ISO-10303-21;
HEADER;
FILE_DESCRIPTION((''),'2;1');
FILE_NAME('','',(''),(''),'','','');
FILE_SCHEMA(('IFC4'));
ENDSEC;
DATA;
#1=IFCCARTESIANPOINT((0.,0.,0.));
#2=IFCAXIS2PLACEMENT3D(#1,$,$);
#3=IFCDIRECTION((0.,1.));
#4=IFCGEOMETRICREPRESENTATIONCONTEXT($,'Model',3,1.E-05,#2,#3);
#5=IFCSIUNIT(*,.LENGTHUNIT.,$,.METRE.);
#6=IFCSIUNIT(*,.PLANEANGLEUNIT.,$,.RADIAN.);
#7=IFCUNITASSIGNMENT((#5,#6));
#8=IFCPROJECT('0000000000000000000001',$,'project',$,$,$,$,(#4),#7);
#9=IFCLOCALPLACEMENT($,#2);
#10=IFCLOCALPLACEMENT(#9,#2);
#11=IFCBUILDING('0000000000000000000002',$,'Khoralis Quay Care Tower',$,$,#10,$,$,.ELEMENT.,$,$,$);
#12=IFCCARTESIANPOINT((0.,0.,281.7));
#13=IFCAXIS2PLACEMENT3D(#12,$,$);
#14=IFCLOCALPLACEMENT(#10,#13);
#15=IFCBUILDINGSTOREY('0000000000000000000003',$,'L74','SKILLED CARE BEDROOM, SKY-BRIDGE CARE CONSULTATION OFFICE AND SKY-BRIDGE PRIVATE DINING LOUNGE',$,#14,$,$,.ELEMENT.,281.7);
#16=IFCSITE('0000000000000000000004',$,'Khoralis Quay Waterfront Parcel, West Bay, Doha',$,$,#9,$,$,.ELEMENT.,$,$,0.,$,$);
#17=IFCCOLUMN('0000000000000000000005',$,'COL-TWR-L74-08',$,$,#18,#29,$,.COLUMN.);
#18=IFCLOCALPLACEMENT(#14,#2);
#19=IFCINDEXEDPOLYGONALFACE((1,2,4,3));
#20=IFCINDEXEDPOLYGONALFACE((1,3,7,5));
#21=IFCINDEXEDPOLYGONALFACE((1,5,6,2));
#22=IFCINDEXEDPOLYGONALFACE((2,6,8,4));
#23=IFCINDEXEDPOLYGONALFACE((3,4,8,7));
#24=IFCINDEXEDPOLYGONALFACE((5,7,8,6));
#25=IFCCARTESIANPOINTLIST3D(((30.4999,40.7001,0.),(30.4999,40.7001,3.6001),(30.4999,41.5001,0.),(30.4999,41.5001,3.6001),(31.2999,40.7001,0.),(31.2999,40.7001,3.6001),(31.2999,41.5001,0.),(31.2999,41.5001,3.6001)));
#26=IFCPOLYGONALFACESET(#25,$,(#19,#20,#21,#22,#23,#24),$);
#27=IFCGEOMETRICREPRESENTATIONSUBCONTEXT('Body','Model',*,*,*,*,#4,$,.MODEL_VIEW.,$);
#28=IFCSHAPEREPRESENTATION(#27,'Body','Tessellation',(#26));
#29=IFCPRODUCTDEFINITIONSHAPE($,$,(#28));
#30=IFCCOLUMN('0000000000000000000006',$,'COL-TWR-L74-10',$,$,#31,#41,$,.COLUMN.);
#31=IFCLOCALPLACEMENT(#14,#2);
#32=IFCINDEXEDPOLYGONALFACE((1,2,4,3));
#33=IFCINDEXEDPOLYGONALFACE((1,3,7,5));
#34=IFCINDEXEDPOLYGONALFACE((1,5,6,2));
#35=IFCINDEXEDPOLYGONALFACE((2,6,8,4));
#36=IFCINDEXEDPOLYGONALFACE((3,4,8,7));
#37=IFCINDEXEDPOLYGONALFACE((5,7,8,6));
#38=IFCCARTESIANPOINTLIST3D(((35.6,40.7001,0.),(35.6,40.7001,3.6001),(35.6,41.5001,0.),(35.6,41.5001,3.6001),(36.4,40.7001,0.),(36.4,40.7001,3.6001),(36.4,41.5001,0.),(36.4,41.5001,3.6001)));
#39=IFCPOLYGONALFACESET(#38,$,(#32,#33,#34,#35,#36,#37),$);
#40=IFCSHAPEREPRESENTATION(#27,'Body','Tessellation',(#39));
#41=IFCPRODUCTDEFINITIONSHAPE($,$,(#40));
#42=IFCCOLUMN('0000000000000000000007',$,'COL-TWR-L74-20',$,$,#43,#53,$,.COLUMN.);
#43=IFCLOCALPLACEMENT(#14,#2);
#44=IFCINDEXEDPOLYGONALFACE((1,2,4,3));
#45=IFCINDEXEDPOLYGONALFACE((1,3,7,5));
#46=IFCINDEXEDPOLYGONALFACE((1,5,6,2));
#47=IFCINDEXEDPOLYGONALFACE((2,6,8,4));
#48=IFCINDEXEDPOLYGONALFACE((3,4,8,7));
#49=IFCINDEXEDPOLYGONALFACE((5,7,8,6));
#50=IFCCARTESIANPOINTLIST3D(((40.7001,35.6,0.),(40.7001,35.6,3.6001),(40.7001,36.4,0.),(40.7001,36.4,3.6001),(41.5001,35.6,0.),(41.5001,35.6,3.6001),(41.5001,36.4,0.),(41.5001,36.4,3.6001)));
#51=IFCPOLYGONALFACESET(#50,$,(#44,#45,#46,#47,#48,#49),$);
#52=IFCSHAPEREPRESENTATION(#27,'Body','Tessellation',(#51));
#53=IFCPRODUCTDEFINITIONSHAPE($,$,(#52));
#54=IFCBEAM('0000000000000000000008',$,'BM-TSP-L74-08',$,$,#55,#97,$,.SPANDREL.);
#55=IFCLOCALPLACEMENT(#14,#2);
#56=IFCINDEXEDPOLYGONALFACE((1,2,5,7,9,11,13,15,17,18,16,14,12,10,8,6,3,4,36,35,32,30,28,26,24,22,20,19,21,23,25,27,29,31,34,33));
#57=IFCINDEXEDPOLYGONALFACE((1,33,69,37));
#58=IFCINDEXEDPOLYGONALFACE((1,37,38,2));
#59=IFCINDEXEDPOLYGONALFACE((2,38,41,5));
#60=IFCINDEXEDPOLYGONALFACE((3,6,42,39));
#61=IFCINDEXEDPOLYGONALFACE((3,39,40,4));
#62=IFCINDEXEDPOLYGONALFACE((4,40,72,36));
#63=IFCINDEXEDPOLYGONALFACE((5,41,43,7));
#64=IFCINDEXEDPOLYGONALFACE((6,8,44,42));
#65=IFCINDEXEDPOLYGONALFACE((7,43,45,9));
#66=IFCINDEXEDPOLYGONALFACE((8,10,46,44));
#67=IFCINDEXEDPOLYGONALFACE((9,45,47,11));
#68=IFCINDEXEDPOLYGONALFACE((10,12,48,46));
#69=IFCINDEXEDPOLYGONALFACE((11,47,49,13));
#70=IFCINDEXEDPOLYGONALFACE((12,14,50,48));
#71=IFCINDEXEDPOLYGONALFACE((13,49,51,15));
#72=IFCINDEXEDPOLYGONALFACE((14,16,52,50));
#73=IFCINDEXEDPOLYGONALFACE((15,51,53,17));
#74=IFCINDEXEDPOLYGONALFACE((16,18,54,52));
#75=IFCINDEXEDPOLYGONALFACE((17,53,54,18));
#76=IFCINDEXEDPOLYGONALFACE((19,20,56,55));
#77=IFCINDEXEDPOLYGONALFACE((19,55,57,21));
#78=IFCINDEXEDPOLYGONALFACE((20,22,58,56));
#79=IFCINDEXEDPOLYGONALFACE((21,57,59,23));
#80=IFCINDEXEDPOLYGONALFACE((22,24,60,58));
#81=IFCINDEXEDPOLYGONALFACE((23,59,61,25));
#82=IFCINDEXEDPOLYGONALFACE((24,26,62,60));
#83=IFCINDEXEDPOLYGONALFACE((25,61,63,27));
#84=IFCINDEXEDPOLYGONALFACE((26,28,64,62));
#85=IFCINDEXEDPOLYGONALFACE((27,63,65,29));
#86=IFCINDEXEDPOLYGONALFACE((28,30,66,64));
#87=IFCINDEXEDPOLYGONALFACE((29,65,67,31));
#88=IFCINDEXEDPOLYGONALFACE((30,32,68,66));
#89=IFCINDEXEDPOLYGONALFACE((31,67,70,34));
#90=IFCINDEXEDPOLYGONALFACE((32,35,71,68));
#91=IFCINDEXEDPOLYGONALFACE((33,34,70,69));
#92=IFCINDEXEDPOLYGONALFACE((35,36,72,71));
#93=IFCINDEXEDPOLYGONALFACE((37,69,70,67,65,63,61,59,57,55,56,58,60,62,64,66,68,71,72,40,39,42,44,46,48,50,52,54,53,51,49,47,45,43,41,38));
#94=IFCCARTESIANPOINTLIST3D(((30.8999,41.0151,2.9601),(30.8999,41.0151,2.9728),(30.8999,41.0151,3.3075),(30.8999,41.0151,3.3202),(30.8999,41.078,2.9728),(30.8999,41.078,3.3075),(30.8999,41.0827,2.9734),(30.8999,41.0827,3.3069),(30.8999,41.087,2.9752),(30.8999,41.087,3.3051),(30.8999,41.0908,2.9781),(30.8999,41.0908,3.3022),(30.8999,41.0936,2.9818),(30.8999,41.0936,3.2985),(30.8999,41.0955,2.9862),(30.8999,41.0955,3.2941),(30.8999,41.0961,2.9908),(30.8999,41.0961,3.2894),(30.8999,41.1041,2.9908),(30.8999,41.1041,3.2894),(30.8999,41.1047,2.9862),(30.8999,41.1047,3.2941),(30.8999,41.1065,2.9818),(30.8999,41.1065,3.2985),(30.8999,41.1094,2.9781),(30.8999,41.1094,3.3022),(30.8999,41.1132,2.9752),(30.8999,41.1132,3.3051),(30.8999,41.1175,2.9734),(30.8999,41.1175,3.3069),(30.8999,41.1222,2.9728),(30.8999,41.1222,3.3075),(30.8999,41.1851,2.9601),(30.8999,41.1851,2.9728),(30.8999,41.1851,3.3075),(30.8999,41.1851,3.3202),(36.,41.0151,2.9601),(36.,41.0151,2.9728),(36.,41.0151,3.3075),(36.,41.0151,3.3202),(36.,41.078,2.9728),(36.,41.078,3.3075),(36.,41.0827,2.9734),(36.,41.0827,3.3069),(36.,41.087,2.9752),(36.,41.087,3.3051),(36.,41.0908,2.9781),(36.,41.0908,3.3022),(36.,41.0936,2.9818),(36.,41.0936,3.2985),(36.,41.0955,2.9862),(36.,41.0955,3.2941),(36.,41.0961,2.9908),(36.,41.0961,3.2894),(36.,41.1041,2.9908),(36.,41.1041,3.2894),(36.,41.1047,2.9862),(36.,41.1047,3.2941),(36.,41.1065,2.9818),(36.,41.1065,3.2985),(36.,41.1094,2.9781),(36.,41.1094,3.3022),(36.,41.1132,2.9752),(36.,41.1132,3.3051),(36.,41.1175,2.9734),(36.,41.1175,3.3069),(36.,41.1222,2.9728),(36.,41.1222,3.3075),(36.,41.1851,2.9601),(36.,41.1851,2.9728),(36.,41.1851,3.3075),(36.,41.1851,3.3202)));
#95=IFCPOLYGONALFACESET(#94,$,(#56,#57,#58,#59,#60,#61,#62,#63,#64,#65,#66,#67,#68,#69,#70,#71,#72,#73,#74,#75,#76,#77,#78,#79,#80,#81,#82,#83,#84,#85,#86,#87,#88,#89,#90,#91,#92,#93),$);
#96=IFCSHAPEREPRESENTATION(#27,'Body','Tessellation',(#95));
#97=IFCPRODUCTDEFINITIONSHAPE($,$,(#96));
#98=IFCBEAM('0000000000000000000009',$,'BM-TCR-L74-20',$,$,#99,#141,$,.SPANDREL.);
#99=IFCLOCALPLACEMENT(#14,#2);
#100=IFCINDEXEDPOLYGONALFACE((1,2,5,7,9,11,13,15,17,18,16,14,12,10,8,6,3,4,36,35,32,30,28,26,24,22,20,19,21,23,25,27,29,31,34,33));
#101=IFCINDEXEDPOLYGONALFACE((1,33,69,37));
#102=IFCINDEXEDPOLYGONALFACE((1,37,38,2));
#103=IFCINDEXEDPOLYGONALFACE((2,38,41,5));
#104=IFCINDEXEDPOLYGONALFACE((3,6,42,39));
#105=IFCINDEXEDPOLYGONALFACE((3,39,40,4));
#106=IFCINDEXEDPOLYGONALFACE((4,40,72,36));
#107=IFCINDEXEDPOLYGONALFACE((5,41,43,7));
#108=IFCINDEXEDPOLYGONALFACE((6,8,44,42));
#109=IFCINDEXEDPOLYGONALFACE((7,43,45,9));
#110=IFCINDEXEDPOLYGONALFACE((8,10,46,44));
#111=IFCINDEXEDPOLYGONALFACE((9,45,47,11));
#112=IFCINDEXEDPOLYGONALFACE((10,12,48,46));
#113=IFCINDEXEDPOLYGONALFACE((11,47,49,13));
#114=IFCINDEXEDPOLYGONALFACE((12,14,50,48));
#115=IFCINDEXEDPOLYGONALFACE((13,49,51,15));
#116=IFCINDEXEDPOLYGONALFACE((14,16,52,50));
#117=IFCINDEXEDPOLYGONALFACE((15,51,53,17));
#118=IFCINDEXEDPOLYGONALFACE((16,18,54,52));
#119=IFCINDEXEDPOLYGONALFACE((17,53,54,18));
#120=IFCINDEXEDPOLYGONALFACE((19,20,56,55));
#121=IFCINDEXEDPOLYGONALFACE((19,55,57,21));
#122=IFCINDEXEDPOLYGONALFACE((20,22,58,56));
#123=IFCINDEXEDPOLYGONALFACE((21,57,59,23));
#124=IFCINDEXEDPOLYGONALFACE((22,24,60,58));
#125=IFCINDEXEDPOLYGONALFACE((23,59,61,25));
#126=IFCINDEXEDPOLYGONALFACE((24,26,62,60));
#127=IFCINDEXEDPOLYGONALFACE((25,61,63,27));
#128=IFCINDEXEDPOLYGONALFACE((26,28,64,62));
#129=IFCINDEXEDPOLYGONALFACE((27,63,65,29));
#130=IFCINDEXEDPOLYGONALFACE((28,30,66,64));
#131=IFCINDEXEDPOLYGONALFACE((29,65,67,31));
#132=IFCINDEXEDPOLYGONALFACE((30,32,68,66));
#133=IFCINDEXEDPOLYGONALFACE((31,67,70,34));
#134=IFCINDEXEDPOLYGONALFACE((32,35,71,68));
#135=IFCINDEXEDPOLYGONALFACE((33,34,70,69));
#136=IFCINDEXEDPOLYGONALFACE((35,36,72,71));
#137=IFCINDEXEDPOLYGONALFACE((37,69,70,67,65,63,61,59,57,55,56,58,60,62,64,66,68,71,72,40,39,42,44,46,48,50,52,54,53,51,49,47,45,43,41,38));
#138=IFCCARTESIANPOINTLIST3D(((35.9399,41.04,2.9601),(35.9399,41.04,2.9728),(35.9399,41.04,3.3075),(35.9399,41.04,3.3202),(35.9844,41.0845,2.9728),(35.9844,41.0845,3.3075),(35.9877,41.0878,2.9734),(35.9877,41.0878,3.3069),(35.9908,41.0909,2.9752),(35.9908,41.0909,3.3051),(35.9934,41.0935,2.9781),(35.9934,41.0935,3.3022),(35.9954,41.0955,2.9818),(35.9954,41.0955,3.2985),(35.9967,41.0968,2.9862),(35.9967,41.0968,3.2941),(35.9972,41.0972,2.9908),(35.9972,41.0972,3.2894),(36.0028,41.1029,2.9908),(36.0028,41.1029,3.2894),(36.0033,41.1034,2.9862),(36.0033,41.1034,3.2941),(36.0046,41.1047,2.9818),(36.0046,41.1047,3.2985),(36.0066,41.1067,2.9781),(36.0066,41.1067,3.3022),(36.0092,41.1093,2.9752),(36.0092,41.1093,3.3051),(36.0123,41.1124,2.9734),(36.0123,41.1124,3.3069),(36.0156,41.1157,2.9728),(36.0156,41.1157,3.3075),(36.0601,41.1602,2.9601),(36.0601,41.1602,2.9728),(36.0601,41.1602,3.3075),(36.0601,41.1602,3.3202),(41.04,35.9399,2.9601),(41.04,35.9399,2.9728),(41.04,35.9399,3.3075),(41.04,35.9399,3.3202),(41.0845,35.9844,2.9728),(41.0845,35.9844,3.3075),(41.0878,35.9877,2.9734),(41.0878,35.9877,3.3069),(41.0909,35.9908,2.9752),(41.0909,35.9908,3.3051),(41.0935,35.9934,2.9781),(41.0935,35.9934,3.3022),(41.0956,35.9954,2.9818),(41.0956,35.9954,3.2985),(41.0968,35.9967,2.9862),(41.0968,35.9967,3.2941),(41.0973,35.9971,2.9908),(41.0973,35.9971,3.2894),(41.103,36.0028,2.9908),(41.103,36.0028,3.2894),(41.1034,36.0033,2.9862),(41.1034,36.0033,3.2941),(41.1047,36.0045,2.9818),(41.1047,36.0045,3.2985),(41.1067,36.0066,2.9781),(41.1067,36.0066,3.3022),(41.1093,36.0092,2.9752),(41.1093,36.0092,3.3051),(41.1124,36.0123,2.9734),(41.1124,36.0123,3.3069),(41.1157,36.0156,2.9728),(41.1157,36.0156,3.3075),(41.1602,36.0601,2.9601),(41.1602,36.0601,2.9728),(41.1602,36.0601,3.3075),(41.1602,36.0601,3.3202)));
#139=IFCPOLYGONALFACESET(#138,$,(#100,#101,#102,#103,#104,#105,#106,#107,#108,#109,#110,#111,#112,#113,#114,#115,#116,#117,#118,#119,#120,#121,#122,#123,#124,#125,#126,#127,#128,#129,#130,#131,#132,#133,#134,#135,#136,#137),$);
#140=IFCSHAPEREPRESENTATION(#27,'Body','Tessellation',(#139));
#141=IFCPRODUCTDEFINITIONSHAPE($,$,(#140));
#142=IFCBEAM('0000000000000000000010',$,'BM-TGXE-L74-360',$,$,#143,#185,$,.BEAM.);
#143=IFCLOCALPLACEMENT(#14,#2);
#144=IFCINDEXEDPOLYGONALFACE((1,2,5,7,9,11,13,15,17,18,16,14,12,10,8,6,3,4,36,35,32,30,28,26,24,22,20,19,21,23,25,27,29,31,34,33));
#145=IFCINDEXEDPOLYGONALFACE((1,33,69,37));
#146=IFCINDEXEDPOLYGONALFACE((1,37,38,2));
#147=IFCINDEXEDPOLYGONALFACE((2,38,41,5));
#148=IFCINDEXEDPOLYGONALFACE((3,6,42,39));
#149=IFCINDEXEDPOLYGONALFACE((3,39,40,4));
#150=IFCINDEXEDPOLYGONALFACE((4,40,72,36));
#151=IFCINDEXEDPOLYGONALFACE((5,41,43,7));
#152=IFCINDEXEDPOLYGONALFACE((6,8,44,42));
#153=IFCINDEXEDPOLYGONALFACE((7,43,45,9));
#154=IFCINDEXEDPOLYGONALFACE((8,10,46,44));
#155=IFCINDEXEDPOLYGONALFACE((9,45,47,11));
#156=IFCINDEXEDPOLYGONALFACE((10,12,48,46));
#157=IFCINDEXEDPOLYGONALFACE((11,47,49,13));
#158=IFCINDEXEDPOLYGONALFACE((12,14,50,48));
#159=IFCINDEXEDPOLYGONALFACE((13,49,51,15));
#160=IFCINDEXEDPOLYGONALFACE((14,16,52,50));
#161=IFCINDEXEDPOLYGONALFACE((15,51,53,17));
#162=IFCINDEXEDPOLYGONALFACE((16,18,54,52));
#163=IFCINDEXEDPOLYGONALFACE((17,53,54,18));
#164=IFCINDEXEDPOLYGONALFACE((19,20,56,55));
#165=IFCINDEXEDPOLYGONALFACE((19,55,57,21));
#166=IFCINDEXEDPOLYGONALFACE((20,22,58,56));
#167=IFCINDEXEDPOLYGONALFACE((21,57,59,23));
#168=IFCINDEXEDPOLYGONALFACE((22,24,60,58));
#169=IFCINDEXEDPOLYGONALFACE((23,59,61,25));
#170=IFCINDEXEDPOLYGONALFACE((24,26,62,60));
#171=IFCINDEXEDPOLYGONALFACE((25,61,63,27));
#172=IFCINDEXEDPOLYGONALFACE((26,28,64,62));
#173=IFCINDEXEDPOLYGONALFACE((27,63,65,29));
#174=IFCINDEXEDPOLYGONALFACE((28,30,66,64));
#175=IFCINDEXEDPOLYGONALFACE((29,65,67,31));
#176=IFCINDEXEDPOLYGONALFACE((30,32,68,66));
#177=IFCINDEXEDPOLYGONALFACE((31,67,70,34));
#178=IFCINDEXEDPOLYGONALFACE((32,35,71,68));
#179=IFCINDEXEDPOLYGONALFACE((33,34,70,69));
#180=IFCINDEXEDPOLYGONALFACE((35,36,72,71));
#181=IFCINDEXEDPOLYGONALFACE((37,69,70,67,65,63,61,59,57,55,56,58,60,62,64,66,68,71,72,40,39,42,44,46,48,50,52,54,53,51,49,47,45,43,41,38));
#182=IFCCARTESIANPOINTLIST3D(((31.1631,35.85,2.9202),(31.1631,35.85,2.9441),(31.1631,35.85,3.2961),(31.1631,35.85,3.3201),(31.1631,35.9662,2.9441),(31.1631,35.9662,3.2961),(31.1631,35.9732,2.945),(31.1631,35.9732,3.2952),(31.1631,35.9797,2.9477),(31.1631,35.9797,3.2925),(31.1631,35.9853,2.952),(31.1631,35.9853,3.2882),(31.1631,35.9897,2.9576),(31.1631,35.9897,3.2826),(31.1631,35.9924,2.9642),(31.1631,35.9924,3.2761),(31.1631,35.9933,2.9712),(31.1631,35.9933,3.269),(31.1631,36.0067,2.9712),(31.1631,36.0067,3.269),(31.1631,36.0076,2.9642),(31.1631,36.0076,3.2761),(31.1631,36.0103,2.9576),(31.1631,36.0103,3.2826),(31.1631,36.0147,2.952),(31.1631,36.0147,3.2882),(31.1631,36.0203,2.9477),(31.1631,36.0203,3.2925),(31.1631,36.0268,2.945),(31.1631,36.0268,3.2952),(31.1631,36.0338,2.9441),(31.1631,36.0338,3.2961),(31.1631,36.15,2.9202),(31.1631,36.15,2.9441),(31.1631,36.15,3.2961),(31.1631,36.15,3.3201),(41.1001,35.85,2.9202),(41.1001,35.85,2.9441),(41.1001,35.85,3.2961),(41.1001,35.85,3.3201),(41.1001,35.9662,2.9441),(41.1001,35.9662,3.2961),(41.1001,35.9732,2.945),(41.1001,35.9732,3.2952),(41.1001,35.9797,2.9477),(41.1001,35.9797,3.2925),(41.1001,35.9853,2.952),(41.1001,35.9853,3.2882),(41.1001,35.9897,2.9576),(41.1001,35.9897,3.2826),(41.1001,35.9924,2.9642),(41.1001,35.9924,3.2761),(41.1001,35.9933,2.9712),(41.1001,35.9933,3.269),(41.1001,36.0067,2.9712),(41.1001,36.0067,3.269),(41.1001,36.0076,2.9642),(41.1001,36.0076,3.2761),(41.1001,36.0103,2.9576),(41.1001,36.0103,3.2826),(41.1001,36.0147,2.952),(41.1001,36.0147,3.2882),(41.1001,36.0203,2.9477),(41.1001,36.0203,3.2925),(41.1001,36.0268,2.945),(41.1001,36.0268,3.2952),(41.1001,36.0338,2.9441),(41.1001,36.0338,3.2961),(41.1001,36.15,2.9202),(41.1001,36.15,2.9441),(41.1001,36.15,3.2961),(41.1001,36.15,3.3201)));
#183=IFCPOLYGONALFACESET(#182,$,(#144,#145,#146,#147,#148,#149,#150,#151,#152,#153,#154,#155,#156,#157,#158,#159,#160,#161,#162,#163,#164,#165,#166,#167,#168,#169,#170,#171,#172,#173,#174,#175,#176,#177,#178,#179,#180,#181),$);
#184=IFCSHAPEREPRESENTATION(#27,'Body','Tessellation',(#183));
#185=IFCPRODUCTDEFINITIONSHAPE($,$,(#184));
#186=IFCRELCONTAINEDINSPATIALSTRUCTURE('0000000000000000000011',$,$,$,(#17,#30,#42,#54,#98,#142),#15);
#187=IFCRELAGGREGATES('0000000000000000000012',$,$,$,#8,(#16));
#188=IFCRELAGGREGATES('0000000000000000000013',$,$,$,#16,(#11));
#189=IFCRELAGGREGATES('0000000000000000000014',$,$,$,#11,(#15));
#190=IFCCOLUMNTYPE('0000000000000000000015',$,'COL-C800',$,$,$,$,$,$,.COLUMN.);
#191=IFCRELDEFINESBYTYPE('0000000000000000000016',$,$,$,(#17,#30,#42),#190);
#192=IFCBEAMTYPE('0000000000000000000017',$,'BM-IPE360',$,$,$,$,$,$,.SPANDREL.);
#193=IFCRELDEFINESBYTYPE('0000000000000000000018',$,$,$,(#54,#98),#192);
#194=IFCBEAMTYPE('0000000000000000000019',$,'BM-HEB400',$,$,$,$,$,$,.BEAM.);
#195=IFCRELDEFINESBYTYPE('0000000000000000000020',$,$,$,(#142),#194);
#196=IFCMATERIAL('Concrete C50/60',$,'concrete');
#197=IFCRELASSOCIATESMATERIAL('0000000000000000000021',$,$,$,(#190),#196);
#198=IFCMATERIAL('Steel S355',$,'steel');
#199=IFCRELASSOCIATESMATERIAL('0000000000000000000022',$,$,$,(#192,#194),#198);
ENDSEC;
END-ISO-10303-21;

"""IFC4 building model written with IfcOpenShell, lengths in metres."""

from ifc_helpers import new_model, si_unit, direction, frame, origin, origin_2d, place, context, subcontext, project, spatial, rectangle, i_section, extrude, source, transform, mapped, material, material_profile, profile_set, type_object, element, save


model = new_model("IFC4")

# Units and contexts
model_context = context("Model", 3, precision=1e-05, world=origin(), true_north=direction((0.0, 1.0)))
body_context = subcontext(model_context, "Body", "Model", "MODEL_VIEW")
ifc_project = project(units=[si_unit("LENGTHUNIT", "METRE"), si_unit("PLANEANGLEUNIT", "RADIAN")], contexts=[model_context])

# Site, building, storey
site_placement = place(None, origin())
site = spatial("IfcSite", under=ifc_project, at=site_placement, Name="Khoralis Quay Waterfront Parcel, West Bay, Doha", CompositionType="ELEMENT", RefElevation=0.0)
building_placement = place(site_placement, origin())
building = spatial("IfcBuilding", under=site, at=building_placement, Name="Khoralis Quay Care Tower", CompositionType="ELEMENT")
storey_placement = place(building_placement, frame((0.0, 0.0, 281.7)))
storey = spatial("IfcBuildingStorey", under=building, at=storey_placement, Name="L74", Description="SKILLED CARE BEDROOM, SKY-BRIDGE CARE CONSULTATION OFFICE AND SKY-BRIDGE PRIVATE DINING LOUNGE", CompositionType="ELEMENT", Elevation=281.7)

# Columns
ifc_material_1 = material(Name="Concrete C50/60", Category="concrete")
ifc_material_profile_1 = material_profile(ifc_material_1, rectangle(XDim=0.8, YDim=0.8, at=origin_2d()), Name="Concrete C50/60")
ifc_profile_set_1 = profile_set([ifc_material_profile_1], Name="Concrete C50/60")
column_type = type_object("IfcColumnType", Name="COL-C800", PredefinedType="COLUMN", material=ifc_profile_set_1)
shared_shape_1 = source(origin(), body_context, "Body", "SweptSolid", [
    extrude(rectangle(XDim=0.8, YDim=0.8, at=origin_2d()), origin(), (0.0, 0.0, 1.0), 3.6001),
])
for number, where, z_axis, x_axis, name in (
    (1, (30.8999, 41.1001, 0.0), (0.0, 0.0, 1.0), (1.0, 0.0, 0.0), "COL-TWR-L74-08"),
    (2, (36.0, 41.1001, 0.0), (0.0, 0.0, 1.0), (1.0, 0.0, 0.0), "COL-TWR-L74-10"),
    (3, (41.1001, 36.0, 0.0), (0.0, 0.0, 1.0), (1.0, 0.0, 0.0), "COL-TWR-L74-20"),
):
    element("IfcColumn", number, at=place(storey_placement, frame(where, z_axis=z_axis, x_axis=x_axis)), inside=storey, type_object=column_type, Name=name, PredefinedType="COLUMN", context=body_context, shape_type="MappedRepresentation", body=[
        mapped(shared_shape_1, transform((0.0, 0.0, 0.0), scale=1.0)),
    ])

# Beams
ifc_material_2 = material(Name="Steel S355", Category="steel")
ifc_material_profile_2 = material_profile(ifc_material_2, i_section(OverallWidth=0.1699, OverallDepth=0.3601, WebThickness=0.0081, FlangeThickness=0.0127, FilletRadius=0.0181, at=origin_2d()), Name="Steel S355")
ifc_profile_set_2 = profile_set([ifc_material_profile_2], Name="Steel S355")
beam_type_1 = type_object("IfcBeamType", Name="BM-IPE360", PredefinedType="SPANDREL", material=ifc_profile_set_2)
shared_shape_2 = source(origin(), body_context, "Body", "SweptSolid", [
    extrude(i_section(OverallWidth=0.1699, OverallDepth=0.3601, WebThickness=0.0081, FlangeThickness=0.0127, FilletRadius=0.0181, at=origin_2d()), origin(), (0.0, 0.0, 1.0), 5.1001),
])
beam_1_placement = place(storey_placement, frame((30.8999, 41.1001, 3.1401), z_axis=(1.0, 0.0, 0.0), x_axis=(0.0, 1.0, 0.0)))
element("IfcBeam", 4, at=beam_1_placement, inside=storey, type_object=beam_type_1, Name="BM-TSP-L74-08", PredefinedType="SPANDREL", context=body_context, shape_type="MappedRepresentation", body=[
    mapped(shared_shape_2, transform((0.0, 0.0, 0.0), scale=1.0)),
])
shared_shape_3 = source(origin(), body_context, "Body", "SweptSolid", [
    extrude(i_section(OverallWidth=0.1699, OverallDepth=0.3601, WebThickness=0.0081, FlangeThickness=0.0127, FilletRadius=0.0181, at=origin_2d()), origin(), (0.0, 0.0, 1.0), 7.2126),
])
beam_2_placement = place(storey_placement, frame((36.0, 41.1001, 3.1401), z_axis=(0.707107, -0.707107, 0.0), x_axis=(0.707107, 0.707107, 0.0)))
element("IfcBeam", 5, at=beam_2_placement, inside=storey, type_object=beam_type_1, Name="BM-TCR-L74-20", PredefinedType="SPANDREL", context=body_context, shape_type="MappedRepresentation", body=[
    mapped(shared_shape_3, transform((0.0, 0.0, 0.0), scale=1.0)),
])
ifc_material_profile_3 = material_profile(ifc_material_2, i_section(OverallWidth=0.3, OverallDepth=0.3999, WebThickness=0.0134, FlangeThickness=0.0239, FilletRadius=0.0271, at=origin_2d()), Name="Steel S355")
ifc_profile_set_3 = profile_set([ifc_material_profile_3], Name="Steel S355")
beam_type_2 = type_object("IfcBeamType", Name="BM-HEB400", PredefinedType="BEAM", material=ifc_profile_set_3)
shared_shape_4 = source(origin(), body_context, "Body", "SweptSolid", [
    extrude(i_section(OverallWidth=0.3, OverallDepth=0.3999, WebThickness=0.0134, FlangeThickness=0.0239, FilletRadius=0.0271, at=origin_2d()), origin(), (0.0, 0.0, 1.0), 9.937),
])
beam_3_placement = place(storey_placement, frame((31.1631, 36.0, 3.1201), z_axis=(1.0, 0.0, 0.0), x_axis=(0.0, 1.0, 0.0)))
element("IfcBeam", 6, at=beam_3_placement, inside=storey, type_object=beam_type_2, Name="BM-TGXE-L74-360", PredefinedType="BEAM", context=body_context, shape_type="MappedRepresentation", body=[
    mapped(shared_shape_4, transform((0.0, 0.0, 0.0), scale=1.0)),
])

save(model, "model.ifc")
